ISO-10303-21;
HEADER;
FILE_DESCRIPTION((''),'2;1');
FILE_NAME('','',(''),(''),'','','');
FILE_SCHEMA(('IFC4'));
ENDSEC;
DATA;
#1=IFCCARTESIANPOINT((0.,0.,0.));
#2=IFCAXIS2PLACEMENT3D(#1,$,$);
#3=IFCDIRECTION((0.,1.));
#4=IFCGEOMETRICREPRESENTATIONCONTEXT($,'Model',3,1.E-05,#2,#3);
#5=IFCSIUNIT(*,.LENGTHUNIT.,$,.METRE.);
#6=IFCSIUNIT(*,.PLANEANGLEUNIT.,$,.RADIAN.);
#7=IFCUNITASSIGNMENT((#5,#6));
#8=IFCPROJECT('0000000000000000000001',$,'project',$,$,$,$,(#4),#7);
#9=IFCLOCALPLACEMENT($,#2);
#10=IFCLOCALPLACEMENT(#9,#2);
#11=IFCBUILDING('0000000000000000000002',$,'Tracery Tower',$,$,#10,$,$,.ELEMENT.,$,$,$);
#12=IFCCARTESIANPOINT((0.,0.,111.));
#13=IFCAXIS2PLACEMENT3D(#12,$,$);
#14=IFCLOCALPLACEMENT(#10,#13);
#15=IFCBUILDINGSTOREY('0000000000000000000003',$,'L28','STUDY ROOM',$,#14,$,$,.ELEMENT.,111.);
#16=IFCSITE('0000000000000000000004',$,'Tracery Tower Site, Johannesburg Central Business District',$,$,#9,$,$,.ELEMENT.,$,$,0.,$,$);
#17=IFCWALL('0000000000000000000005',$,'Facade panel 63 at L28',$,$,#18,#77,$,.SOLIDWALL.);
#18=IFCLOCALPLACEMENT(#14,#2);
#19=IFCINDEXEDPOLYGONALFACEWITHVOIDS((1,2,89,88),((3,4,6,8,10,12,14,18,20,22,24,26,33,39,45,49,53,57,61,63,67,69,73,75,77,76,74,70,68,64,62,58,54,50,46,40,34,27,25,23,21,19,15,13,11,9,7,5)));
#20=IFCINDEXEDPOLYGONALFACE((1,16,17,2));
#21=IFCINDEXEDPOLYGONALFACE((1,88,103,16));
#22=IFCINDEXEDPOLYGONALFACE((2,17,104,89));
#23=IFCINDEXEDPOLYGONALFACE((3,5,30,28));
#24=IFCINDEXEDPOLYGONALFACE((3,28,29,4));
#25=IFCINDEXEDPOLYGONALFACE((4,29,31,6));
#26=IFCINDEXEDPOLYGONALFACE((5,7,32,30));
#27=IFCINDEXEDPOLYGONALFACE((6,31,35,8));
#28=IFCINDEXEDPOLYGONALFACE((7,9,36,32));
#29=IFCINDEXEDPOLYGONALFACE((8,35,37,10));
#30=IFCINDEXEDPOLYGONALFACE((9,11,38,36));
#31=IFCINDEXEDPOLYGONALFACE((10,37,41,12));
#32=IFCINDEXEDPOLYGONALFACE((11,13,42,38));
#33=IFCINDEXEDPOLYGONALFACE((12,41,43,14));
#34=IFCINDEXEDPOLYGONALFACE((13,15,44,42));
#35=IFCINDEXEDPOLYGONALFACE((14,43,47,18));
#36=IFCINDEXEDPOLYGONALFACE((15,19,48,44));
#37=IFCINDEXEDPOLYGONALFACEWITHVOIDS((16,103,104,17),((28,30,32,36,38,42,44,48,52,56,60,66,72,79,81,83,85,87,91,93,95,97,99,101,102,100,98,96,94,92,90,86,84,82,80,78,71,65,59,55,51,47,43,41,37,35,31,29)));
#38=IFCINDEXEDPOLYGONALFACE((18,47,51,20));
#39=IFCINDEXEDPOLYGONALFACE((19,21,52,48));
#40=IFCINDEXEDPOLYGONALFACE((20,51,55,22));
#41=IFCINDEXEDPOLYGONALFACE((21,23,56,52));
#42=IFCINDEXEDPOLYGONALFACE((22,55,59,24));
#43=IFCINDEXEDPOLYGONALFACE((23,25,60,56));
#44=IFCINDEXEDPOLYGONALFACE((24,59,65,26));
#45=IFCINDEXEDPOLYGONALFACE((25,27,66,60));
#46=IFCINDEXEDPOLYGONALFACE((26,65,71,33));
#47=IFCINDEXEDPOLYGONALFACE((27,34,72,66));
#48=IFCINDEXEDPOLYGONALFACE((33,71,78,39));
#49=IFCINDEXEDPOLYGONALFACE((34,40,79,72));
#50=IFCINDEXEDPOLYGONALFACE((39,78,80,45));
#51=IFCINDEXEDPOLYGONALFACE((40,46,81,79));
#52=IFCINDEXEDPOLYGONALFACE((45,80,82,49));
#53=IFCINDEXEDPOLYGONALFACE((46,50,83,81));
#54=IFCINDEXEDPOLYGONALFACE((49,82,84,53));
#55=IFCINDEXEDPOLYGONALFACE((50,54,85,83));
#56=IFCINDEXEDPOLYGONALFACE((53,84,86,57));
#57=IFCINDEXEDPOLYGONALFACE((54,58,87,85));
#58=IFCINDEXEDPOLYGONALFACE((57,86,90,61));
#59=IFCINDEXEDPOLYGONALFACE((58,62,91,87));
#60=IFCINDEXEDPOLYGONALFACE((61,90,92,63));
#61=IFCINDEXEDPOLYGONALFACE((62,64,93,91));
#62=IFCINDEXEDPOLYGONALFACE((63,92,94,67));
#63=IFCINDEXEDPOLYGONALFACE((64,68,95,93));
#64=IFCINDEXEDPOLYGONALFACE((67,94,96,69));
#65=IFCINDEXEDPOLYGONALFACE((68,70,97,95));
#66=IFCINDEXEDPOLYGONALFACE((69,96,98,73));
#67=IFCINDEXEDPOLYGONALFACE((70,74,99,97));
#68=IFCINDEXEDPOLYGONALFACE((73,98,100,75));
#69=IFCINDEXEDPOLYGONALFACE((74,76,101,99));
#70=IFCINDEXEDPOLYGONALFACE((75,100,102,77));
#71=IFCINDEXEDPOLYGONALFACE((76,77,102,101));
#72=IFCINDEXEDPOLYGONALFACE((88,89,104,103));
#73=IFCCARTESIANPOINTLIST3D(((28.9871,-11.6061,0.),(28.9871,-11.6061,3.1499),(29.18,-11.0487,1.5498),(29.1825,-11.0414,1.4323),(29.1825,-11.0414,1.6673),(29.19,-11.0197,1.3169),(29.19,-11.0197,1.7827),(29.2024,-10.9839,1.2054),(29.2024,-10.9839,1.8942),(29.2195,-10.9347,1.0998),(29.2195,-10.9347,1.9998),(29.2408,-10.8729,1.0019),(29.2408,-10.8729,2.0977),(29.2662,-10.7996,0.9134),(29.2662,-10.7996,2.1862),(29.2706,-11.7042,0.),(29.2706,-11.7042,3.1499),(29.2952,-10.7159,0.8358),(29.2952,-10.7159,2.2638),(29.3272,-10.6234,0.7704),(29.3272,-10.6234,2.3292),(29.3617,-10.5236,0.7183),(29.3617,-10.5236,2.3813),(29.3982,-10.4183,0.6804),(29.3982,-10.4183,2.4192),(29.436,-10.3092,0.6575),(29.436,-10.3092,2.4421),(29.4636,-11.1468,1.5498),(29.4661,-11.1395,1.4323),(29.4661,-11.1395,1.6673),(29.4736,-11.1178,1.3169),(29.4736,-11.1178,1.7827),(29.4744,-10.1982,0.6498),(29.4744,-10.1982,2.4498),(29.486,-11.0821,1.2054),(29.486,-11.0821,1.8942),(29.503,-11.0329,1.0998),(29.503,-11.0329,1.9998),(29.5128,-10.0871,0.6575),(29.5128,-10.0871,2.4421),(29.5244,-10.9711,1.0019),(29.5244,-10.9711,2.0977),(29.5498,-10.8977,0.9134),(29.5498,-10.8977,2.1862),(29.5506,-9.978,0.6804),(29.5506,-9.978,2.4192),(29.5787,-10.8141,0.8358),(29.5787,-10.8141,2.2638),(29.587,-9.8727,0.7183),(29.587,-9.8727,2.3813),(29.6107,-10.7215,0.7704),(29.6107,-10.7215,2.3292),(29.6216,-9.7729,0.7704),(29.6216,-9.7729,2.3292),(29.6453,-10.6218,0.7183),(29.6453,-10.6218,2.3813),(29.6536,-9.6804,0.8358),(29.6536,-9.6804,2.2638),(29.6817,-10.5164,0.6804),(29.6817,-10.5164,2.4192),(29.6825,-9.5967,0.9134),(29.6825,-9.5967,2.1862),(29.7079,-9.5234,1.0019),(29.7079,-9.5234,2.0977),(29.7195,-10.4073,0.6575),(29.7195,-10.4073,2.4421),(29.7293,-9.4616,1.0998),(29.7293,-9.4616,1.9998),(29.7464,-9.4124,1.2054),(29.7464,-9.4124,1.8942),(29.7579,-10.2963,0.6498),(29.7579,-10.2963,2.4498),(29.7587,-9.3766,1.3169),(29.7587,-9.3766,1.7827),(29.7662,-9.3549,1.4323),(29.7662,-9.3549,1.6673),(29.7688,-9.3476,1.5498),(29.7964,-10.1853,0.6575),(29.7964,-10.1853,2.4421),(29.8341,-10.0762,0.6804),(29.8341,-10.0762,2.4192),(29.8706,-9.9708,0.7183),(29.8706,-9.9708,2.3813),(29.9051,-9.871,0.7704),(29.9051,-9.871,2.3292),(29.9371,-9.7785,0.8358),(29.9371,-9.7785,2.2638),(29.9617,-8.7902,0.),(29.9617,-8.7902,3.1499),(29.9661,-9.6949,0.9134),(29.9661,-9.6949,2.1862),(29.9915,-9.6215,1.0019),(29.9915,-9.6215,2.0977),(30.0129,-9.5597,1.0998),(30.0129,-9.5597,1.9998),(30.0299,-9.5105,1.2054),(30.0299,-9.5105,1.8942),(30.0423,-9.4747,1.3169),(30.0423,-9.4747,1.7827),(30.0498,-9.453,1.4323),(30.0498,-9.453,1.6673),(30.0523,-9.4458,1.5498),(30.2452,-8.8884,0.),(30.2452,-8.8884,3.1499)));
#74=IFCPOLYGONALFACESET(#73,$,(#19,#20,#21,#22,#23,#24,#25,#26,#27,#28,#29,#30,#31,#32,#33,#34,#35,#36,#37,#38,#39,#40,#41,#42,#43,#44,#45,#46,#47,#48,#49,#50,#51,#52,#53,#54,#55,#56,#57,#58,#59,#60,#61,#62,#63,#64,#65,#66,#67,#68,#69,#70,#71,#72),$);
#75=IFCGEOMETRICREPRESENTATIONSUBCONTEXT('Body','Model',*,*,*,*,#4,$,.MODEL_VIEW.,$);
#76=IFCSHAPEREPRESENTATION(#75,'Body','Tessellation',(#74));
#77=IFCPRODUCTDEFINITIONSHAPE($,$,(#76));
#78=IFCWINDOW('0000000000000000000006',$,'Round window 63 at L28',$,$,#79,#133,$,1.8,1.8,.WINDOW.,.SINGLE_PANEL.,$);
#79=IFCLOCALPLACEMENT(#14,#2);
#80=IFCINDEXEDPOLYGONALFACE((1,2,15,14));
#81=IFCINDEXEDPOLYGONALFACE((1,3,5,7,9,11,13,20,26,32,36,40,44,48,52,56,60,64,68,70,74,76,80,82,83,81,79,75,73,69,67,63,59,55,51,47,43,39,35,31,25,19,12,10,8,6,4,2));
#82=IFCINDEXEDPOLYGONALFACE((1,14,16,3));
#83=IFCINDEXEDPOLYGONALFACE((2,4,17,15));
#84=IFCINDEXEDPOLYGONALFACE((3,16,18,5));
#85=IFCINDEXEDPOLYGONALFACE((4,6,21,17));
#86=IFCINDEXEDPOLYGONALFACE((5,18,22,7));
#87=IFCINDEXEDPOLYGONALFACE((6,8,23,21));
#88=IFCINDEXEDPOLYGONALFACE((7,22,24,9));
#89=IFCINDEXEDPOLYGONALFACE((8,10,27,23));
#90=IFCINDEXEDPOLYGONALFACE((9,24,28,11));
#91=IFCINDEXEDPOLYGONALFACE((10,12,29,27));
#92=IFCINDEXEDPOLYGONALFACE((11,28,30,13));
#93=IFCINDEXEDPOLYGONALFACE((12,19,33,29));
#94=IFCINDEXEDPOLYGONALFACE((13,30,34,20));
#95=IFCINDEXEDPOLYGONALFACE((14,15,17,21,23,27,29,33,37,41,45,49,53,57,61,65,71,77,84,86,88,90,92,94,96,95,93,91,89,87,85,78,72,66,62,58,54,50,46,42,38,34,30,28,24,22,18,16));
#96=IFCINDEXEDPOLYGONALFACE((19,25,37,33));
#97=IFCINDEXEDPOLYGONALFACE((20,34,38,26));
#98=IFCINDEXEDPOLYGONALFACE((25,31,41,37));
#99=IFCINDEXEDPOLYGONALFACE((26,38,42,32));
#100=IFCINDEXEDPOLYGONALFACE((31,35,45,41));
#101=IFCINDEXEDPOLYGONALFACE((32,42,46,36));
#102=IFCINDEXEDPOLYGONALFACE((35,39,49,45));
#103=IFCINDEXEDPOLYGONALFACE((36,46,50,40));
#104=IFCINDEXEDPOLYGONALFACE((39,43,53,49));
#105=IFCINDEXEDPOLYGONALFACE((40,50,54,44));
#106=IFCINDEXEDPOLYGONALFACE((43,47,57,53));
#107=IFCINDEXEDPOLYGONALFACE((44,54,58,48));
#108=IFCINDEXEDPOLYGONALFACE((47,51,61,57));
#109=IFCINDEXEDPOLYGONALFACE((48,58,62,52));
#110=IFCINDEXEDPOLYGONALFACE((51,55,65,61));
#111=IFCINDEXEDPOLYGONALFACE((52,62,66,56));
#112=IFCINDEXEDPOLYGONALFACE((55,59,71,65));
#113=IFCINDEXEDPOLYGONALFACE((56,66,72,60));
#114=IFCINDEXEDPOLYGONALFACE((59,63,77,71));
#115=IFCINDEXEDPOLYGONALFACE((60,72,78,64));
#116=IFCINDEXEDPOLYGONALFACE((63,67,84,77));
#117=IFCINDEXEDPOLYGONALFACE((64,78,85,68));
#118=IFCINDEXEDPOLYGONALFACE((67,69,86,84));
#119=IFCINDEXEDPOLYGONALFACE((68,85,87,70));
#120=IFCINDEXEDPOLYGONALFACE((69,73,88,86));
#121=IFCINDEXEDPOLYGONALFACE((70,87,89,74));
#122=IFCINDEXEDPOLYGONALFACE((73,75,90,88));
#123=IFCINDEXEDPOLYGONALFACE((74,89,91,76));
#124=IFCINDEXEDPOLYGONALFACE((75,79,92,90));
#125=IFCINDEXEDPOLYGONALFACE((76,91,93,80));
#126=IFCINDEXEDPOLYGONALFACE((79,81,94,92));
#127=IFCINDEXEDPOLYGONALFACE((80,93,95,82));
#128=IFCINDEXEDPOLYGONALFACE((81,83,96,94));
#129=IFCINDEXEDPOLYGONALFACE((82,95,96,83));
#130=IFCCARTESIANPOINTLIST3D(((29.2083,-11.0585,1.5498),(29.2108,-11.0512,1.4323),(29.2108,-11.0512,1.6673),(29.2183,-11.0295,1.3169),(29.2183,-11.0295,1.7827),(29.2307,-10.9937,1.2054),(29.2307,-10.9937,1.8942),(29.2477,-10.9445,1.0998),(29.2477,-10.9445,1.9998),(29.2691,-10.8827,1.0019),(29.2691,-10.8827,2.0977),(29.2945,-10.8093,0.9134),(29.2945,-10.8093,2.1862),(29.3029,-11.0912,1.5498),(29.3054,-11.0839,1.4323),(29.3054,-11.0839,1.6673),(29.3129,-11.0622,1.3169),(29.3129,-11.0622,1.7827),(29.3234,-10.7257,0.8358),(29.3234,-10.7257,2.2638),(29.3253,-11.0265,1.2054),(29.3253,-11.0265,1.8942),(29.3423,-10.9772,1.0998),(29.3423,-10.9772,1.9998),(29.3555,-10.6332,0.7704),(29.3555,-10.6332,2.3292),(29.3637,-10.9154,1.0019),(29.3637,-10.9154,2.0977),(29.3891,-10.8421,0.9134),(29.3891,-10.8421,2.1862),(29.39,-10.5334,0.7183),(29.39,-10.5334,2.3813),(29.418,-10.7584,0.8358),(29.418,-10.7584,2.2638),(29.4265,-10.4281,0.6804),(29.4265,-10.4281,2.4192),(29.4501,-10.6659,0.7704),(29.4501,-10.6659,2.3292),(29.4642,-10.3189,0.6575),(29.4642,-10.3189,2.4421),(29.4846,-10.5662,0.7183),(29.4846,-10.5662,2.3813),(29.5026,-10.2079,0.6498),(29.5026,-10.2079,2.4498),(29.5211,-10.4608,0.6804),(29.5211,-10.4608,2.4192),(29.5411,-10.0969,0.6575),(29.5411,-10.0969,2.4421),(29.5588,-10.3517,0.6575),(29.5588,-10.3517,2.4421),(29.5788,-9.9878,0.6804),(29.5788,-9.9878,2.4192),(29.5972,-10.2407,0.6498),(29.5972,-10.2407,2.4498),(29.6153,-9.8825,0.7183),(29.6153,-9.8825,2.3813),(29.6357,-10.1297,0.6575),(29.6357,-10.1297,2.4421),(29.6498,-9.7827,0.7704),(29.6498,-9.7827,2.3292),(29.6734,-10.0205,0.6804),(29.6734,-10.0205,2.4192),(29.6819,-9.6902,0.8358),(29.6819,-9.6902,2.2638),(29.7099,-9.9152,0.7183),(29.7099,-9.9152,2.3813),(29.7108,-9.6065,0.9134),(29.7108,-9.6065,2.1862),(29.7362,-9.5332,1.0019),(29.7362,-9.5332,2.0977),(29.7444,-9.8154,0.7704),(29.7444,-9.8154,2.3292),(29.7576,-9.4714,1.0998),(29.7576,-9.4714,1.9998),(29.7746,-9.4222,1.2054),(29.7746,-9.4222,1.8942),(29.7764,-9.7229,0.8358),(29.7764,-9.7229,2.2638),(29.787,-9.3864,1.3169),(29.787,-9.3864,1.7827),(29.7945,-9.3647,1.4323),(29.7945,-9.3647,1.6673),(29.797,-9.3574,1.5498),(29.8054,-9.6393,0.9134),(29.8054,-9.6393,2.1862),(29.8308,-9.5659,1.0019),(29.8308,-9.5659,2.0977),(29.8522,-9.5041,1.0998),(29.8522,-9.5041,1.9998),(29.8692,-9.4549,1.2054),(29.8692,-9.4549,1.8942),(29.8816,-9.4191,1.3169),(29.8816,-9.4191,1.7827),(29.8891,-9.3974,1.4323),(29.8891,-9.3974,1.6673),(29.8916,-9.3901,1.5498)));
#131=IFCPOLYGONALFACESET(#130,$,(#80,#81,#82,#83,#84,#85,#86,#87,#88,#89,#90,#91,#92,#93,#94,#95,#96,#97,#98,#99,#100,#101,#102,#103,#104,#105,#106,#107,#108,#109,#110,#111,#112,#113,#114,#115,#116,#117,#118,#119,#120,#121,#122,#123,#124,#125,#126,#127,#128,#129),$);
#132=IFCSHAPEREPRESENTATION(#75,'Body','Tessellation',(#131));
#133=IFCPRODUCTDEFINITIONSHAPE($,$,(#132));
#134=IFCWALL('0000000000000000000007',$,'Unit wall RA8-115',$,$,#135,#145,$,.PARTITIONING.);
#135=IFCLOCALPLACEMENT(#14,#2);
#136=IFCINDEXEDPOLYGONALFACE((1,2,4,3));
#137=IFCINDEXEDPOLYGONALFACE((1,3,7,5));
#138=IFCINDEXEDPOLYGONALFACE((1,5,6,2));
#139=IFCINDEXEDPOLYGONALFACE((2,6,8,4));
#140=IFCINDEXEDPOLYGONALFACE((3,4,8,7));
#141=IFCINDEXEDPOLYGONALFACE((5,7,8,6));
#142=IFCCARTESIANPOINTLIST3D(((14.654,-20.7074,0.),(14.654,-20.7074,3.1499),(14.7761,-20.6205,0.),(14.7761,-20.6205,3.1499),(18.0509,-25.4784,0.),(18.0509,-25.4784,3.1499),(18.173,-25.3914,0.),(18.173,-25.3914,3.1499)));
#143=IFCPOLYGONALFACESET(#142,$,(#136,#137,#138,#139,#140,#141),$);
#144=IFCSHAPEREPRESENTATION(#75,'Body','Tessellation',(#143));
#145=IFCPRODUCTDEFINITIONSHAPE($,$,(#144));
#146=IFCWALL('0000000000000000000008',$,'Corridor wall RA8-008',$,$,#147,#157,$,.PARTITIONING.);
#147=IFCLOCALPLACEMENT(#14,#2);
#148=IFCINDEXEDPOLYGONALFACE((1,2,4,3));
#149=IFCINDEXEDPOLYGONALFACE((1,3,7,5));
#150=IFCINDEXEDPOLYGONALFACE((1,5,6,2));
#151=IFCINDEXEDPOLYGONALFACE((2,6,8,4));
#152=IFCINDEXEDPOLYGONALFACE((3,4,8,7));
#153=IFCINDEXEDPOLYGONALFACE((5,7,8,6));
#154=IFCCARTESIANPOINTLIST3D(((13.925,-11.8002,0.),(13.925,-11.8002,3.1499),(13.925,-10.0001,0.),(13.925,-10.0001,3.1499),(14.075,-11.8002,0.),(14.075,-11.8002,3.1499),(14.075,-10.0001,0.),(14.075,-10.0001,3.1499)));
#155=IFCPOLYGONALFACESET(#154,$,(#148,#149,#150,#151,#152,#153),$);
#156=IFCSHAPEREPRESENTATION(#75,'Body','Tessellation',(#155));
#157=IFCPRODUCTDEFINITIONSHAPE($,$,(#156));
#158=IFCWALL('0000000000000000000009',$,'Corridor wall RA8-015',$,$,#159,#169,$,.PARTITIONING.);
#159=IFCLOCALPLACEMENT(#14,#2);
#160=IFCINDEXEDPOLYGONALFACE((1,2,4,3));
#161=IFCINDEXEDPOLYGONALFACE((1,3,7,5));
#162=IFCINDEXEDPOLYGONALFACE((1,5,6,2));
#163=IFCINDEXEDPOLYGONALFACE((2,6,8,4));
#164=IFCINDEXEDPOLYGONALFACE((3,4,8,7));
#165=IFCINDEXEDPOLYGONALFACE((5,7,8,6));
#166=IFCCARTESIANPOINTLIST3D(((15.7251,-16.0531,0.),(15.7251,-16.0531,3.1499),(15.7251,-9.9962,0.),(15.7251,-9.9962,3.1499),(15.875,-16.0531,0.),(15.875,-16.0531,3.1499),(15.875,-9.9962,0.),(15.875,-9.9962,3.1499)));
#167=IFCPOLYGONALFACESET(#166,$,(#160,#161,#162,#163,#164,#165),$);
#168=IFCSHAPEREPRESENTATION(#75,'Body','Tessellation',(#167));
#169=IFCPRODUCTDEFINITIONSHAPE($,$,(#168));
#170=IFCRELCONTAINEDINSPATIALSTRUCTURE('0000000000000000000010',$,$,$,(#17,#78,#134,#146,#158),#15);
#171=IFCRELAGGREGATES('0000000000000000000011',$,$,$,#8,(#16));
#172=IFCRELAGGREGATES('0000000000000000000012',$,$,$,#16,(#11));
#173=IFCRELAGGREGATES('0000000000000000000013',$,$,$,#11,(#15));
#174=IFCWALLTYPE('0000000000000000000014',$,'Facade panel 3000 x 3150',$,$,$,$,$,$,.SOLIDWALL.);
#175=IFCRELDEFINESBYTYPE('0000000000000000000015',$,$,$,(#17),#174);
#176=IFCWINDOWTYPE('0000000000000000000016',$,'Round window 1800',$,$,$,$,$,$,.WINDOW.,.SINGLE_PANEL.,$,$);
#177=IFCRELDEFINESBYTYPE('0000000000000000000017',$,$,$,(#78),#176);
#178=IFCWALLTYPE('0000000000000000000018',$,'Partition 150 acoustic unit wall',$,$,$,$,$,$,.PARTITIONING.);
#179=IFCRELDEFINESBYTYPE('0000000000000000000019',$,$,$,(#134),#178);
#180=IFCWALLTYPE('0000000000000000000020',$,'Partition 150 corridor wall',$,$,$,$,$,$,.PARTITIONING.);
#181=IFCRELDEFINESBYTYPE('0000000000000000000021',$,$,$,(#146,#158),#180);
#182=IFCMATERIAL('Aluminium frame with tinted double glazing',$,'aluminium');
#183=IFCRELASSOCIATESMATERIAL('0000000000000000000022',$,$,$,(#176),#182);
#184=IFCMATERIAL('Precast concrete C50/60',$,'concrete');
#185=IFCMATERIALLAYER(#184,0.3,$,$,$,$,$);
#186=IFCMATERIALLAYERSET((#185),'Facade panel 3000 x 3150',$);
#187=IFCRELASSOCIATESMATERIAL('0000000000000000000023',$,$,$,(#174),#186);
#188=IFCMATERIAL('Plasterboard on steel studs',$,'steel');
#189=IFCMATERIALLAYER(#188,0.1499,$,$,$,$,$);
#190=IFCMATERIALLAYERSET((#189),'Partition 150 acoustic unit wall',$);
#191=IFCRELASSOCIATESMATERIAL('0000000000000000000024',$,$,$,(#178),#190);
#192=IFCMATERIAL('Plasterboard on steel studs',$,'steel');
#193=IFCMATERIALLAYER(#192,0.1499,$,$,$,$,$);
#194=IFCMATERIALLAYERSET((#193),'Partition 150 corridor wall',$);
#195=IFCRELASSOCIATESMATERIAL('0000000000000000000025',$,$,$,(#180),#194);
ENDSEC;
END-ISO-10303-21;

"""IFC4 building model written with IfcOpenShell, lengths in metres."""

from ifc_helpers import new_model, si_unit, direction, frame, frame_2d, origin, origin_2d, place, context, subcontext, project, spatial, rectangle, circle, extrude, material, layer, layer_set, type_object, element, fill, save


model = new_model("IFC4")

# Units and contexts
model_context = context("Model", 3, precision=1e-05, world=origin(), true_north=direction((0.0, 1.0)))
body_context = subcontext(model_context, "Body", "Model", "MODEL_VIEW")
ifc_project = project(units=[si_unit("LENGTHUNIT", "METRE"), si_unit("PLANEANGLEUNIT", "RADIAN")], contexts=[model_context])

# Site, building, storey
site_placement = place(None, origin())
site = spatial("IfcSite", under=ifc_project, at=site_placement, Name="Tracery Tower Site, Johannesburg Central Business District", CompositionType="ELEMENT", RefElevation=0.0)
building_placement = place(site_placement, origin())
building = spatial("IfcBuilding", under=site, at=building_placement, Name="Tracery Tower", CompositionType="ELEMENT")
storey_placement = place(building_placement, frame((0.0, 0.0, 111.0)))
storey = spatial("IfcBuildingStorey", under=building, at=storey_placement, Name="L28", Description="STUDY ROOM", CompositionType="ELEMENT", Elevation=111.0)

# Wall, opening, window
ifc_material_1 = material(Name="Aluminium frame with tinted double glazing", Category="aluminium")
window_type = type_object("IfcWindowType", Name="Round window 1800", PartitioningType="SINGLE_PANEL", PredefinedType="WINDOW", material=ifc_material_1)
ifc_material_2 = material(Name="Precast concrete C50/60", Category="concrete")
ifc_layer_1 = layer(ifc_material_2, 0.3)
ifc_layer_set_1 = layer_set([ifc_layer_1], Name="Facade panel 3000 x 3150")
wall_type_1 = type_object("IfcWallType", Name="Facade panel 3000 x 3150", PredefinedType="SOLIDWALL", material=ifc_layer_set_1)
wall_1_placement = place(storey_placement, frame((29.1289, -11.655, 0.0), z_axis=(0.0, 0.0, 1.0), x_axis=(0.327071, 0.945, 0.0)))
wall_1 = element("IfcWall", 1, at=wall_1_placement, inside=storey, type_object=wall_type_1, Name="Facade panel 63 at L28", PredefinedType="SOLIDWALL", context=body_context, shape_type="SweptSolid", body=[
    extrude(rectangle(XDim=2.9797, YDim=0.3, at=frame_2d((1.4897, 0.0))), origin(), (0.0, 0.0, 1.0), 3.1499),
])
opening_1_placement = place(wall_1_placement, frame((1.4897, 0.0, 1.5498)))
opening_1 = element("IfcOpeningElement", 2, at=opening_1_placement, cuts=wall_1, PredefinedType="OPENING", context=body_context, shape_type="SweptSolid", body=[
    extrude(circle(Radius=0.9, at=origin_2d()), frame((0.0, 0.1599, 0.0), z_axis=(0.0, -1.0, 0.0), x_axis=(1.0, 0.0, 0.0)), (0.0, 0.0, 1.0), 0.3201),
])
window_1_placement = place(opening_1_placement, origin())
window_1 = element("IfcWindow", 3, at=window_1_placement, inside=storey, type_object=window_type, Name="Round window 63 at L28", OverallHeight=1.8, OverallWidth=1.8, PartitioningType="SINGLE_PANEL", PredefinedType="WINDOW", context=body_context, shape_type="SweptSolid", body=[
    extrude(circle(Radius=0.9, at=origin_2d()), frame((0.0, 0.1201, 0.0), z_axis=(0.0, -1.0, 0.0), x_axis=(1.0, 0.0, 0.0)), (0.0, 0.0, 1.0), 0.1001),
])
fill(opening_1, window_1)

# Walls
ifc_material_3 = material(Name="Plasterboard on steel studs", Category="steel")
ifc_layer_2 = layer(ifc_material_3, 0.1499)
ifc_layer_set_2 = layer_set([ifc_layer_2], Name="Partition 150 acoustic unit wall")
wall_type_2 = type_object("IfcWallType", Name="Partition 150 acoustic unit wall", PredefinedType="PARTITIONING", material=ifc_layer_set_2)
wall_2_placement = place(storey_placement, frame((14.7151, -20.6641, 0.0), z_axis=(0.0, 0.0, 1.0), x_axis=(0.580007, -0.814611, 0.0)))
element("IfcWall", 4, at=wall_2_placement, inside=storey, type_object=wall_type_2, Name="Unit wall RA8-115", PredefinedType="PARTITIONING", context=body_context, shape_type="SweptSolid", body=[
    extrude(rectangle(XDim=5.8567, YDim=0.1499, at=frame_2d((2.9282, 0.0))), origin(), (0.0, 0.0, 1.0), 3.1499),
])
ifc_material_4 = material(Name="Plasterboard on steel studs", Category="steel")
ifc_layer_3 = layer(ifc_material_4, 0.1499)
ifc_layer_set_3 = layer_set([ifc_layer_3], Name="Partition 150 corridor wall")
wall_type_3 = type_object("IfcWallType", Name="Partition 150 corridor wall", PredefinedType="PARTITIONING", material=ifc_layer_set_3)
wall_3_placement = place(storey_placement, frame((14.0, -11.8, 0.0), z_axis=(0.0, 0.0, 1.0), x_axis=(0.0, 1.0, 0.0)))
element("IfcWall", 5, at=wall_3_placement, inside=storey, type_object=wall_type_3, Name="Corridor wall RA8-008", PredefinedType="PARTITIONING", context=body_context, shape_type="SweptSolid", body=[
    extrude(rectangle(XDim=1.8, YDim=0.1499, at=frame_2d((0.8999, 0.0))), origin(), (0.0, 0.0, 1.0), 3.1499),
])
wall_4_placement = place(storey_placement, frame((15.8, -16.053, 0.0), z_axis=(0.0, 0.0, 1.0), x_axis=(0.0, 1.0, 0.0)))
element("IfcWall", 6, at=wall_4_placement, inside=storey, type_object=wall_type_3, Name="Corridor wall RA8-015", PredefinedType="PARTITIONING", context=body_context, shape_type="SweptSolid", body=[
    extrude(rectangle(XDim=6.0569, YDim=0.1499, at=frame_2d((3.0283, 0.0))), origin(), (0.0, 0.0, 1.0), 3.1499),
])

save(model, "model.ifc")
